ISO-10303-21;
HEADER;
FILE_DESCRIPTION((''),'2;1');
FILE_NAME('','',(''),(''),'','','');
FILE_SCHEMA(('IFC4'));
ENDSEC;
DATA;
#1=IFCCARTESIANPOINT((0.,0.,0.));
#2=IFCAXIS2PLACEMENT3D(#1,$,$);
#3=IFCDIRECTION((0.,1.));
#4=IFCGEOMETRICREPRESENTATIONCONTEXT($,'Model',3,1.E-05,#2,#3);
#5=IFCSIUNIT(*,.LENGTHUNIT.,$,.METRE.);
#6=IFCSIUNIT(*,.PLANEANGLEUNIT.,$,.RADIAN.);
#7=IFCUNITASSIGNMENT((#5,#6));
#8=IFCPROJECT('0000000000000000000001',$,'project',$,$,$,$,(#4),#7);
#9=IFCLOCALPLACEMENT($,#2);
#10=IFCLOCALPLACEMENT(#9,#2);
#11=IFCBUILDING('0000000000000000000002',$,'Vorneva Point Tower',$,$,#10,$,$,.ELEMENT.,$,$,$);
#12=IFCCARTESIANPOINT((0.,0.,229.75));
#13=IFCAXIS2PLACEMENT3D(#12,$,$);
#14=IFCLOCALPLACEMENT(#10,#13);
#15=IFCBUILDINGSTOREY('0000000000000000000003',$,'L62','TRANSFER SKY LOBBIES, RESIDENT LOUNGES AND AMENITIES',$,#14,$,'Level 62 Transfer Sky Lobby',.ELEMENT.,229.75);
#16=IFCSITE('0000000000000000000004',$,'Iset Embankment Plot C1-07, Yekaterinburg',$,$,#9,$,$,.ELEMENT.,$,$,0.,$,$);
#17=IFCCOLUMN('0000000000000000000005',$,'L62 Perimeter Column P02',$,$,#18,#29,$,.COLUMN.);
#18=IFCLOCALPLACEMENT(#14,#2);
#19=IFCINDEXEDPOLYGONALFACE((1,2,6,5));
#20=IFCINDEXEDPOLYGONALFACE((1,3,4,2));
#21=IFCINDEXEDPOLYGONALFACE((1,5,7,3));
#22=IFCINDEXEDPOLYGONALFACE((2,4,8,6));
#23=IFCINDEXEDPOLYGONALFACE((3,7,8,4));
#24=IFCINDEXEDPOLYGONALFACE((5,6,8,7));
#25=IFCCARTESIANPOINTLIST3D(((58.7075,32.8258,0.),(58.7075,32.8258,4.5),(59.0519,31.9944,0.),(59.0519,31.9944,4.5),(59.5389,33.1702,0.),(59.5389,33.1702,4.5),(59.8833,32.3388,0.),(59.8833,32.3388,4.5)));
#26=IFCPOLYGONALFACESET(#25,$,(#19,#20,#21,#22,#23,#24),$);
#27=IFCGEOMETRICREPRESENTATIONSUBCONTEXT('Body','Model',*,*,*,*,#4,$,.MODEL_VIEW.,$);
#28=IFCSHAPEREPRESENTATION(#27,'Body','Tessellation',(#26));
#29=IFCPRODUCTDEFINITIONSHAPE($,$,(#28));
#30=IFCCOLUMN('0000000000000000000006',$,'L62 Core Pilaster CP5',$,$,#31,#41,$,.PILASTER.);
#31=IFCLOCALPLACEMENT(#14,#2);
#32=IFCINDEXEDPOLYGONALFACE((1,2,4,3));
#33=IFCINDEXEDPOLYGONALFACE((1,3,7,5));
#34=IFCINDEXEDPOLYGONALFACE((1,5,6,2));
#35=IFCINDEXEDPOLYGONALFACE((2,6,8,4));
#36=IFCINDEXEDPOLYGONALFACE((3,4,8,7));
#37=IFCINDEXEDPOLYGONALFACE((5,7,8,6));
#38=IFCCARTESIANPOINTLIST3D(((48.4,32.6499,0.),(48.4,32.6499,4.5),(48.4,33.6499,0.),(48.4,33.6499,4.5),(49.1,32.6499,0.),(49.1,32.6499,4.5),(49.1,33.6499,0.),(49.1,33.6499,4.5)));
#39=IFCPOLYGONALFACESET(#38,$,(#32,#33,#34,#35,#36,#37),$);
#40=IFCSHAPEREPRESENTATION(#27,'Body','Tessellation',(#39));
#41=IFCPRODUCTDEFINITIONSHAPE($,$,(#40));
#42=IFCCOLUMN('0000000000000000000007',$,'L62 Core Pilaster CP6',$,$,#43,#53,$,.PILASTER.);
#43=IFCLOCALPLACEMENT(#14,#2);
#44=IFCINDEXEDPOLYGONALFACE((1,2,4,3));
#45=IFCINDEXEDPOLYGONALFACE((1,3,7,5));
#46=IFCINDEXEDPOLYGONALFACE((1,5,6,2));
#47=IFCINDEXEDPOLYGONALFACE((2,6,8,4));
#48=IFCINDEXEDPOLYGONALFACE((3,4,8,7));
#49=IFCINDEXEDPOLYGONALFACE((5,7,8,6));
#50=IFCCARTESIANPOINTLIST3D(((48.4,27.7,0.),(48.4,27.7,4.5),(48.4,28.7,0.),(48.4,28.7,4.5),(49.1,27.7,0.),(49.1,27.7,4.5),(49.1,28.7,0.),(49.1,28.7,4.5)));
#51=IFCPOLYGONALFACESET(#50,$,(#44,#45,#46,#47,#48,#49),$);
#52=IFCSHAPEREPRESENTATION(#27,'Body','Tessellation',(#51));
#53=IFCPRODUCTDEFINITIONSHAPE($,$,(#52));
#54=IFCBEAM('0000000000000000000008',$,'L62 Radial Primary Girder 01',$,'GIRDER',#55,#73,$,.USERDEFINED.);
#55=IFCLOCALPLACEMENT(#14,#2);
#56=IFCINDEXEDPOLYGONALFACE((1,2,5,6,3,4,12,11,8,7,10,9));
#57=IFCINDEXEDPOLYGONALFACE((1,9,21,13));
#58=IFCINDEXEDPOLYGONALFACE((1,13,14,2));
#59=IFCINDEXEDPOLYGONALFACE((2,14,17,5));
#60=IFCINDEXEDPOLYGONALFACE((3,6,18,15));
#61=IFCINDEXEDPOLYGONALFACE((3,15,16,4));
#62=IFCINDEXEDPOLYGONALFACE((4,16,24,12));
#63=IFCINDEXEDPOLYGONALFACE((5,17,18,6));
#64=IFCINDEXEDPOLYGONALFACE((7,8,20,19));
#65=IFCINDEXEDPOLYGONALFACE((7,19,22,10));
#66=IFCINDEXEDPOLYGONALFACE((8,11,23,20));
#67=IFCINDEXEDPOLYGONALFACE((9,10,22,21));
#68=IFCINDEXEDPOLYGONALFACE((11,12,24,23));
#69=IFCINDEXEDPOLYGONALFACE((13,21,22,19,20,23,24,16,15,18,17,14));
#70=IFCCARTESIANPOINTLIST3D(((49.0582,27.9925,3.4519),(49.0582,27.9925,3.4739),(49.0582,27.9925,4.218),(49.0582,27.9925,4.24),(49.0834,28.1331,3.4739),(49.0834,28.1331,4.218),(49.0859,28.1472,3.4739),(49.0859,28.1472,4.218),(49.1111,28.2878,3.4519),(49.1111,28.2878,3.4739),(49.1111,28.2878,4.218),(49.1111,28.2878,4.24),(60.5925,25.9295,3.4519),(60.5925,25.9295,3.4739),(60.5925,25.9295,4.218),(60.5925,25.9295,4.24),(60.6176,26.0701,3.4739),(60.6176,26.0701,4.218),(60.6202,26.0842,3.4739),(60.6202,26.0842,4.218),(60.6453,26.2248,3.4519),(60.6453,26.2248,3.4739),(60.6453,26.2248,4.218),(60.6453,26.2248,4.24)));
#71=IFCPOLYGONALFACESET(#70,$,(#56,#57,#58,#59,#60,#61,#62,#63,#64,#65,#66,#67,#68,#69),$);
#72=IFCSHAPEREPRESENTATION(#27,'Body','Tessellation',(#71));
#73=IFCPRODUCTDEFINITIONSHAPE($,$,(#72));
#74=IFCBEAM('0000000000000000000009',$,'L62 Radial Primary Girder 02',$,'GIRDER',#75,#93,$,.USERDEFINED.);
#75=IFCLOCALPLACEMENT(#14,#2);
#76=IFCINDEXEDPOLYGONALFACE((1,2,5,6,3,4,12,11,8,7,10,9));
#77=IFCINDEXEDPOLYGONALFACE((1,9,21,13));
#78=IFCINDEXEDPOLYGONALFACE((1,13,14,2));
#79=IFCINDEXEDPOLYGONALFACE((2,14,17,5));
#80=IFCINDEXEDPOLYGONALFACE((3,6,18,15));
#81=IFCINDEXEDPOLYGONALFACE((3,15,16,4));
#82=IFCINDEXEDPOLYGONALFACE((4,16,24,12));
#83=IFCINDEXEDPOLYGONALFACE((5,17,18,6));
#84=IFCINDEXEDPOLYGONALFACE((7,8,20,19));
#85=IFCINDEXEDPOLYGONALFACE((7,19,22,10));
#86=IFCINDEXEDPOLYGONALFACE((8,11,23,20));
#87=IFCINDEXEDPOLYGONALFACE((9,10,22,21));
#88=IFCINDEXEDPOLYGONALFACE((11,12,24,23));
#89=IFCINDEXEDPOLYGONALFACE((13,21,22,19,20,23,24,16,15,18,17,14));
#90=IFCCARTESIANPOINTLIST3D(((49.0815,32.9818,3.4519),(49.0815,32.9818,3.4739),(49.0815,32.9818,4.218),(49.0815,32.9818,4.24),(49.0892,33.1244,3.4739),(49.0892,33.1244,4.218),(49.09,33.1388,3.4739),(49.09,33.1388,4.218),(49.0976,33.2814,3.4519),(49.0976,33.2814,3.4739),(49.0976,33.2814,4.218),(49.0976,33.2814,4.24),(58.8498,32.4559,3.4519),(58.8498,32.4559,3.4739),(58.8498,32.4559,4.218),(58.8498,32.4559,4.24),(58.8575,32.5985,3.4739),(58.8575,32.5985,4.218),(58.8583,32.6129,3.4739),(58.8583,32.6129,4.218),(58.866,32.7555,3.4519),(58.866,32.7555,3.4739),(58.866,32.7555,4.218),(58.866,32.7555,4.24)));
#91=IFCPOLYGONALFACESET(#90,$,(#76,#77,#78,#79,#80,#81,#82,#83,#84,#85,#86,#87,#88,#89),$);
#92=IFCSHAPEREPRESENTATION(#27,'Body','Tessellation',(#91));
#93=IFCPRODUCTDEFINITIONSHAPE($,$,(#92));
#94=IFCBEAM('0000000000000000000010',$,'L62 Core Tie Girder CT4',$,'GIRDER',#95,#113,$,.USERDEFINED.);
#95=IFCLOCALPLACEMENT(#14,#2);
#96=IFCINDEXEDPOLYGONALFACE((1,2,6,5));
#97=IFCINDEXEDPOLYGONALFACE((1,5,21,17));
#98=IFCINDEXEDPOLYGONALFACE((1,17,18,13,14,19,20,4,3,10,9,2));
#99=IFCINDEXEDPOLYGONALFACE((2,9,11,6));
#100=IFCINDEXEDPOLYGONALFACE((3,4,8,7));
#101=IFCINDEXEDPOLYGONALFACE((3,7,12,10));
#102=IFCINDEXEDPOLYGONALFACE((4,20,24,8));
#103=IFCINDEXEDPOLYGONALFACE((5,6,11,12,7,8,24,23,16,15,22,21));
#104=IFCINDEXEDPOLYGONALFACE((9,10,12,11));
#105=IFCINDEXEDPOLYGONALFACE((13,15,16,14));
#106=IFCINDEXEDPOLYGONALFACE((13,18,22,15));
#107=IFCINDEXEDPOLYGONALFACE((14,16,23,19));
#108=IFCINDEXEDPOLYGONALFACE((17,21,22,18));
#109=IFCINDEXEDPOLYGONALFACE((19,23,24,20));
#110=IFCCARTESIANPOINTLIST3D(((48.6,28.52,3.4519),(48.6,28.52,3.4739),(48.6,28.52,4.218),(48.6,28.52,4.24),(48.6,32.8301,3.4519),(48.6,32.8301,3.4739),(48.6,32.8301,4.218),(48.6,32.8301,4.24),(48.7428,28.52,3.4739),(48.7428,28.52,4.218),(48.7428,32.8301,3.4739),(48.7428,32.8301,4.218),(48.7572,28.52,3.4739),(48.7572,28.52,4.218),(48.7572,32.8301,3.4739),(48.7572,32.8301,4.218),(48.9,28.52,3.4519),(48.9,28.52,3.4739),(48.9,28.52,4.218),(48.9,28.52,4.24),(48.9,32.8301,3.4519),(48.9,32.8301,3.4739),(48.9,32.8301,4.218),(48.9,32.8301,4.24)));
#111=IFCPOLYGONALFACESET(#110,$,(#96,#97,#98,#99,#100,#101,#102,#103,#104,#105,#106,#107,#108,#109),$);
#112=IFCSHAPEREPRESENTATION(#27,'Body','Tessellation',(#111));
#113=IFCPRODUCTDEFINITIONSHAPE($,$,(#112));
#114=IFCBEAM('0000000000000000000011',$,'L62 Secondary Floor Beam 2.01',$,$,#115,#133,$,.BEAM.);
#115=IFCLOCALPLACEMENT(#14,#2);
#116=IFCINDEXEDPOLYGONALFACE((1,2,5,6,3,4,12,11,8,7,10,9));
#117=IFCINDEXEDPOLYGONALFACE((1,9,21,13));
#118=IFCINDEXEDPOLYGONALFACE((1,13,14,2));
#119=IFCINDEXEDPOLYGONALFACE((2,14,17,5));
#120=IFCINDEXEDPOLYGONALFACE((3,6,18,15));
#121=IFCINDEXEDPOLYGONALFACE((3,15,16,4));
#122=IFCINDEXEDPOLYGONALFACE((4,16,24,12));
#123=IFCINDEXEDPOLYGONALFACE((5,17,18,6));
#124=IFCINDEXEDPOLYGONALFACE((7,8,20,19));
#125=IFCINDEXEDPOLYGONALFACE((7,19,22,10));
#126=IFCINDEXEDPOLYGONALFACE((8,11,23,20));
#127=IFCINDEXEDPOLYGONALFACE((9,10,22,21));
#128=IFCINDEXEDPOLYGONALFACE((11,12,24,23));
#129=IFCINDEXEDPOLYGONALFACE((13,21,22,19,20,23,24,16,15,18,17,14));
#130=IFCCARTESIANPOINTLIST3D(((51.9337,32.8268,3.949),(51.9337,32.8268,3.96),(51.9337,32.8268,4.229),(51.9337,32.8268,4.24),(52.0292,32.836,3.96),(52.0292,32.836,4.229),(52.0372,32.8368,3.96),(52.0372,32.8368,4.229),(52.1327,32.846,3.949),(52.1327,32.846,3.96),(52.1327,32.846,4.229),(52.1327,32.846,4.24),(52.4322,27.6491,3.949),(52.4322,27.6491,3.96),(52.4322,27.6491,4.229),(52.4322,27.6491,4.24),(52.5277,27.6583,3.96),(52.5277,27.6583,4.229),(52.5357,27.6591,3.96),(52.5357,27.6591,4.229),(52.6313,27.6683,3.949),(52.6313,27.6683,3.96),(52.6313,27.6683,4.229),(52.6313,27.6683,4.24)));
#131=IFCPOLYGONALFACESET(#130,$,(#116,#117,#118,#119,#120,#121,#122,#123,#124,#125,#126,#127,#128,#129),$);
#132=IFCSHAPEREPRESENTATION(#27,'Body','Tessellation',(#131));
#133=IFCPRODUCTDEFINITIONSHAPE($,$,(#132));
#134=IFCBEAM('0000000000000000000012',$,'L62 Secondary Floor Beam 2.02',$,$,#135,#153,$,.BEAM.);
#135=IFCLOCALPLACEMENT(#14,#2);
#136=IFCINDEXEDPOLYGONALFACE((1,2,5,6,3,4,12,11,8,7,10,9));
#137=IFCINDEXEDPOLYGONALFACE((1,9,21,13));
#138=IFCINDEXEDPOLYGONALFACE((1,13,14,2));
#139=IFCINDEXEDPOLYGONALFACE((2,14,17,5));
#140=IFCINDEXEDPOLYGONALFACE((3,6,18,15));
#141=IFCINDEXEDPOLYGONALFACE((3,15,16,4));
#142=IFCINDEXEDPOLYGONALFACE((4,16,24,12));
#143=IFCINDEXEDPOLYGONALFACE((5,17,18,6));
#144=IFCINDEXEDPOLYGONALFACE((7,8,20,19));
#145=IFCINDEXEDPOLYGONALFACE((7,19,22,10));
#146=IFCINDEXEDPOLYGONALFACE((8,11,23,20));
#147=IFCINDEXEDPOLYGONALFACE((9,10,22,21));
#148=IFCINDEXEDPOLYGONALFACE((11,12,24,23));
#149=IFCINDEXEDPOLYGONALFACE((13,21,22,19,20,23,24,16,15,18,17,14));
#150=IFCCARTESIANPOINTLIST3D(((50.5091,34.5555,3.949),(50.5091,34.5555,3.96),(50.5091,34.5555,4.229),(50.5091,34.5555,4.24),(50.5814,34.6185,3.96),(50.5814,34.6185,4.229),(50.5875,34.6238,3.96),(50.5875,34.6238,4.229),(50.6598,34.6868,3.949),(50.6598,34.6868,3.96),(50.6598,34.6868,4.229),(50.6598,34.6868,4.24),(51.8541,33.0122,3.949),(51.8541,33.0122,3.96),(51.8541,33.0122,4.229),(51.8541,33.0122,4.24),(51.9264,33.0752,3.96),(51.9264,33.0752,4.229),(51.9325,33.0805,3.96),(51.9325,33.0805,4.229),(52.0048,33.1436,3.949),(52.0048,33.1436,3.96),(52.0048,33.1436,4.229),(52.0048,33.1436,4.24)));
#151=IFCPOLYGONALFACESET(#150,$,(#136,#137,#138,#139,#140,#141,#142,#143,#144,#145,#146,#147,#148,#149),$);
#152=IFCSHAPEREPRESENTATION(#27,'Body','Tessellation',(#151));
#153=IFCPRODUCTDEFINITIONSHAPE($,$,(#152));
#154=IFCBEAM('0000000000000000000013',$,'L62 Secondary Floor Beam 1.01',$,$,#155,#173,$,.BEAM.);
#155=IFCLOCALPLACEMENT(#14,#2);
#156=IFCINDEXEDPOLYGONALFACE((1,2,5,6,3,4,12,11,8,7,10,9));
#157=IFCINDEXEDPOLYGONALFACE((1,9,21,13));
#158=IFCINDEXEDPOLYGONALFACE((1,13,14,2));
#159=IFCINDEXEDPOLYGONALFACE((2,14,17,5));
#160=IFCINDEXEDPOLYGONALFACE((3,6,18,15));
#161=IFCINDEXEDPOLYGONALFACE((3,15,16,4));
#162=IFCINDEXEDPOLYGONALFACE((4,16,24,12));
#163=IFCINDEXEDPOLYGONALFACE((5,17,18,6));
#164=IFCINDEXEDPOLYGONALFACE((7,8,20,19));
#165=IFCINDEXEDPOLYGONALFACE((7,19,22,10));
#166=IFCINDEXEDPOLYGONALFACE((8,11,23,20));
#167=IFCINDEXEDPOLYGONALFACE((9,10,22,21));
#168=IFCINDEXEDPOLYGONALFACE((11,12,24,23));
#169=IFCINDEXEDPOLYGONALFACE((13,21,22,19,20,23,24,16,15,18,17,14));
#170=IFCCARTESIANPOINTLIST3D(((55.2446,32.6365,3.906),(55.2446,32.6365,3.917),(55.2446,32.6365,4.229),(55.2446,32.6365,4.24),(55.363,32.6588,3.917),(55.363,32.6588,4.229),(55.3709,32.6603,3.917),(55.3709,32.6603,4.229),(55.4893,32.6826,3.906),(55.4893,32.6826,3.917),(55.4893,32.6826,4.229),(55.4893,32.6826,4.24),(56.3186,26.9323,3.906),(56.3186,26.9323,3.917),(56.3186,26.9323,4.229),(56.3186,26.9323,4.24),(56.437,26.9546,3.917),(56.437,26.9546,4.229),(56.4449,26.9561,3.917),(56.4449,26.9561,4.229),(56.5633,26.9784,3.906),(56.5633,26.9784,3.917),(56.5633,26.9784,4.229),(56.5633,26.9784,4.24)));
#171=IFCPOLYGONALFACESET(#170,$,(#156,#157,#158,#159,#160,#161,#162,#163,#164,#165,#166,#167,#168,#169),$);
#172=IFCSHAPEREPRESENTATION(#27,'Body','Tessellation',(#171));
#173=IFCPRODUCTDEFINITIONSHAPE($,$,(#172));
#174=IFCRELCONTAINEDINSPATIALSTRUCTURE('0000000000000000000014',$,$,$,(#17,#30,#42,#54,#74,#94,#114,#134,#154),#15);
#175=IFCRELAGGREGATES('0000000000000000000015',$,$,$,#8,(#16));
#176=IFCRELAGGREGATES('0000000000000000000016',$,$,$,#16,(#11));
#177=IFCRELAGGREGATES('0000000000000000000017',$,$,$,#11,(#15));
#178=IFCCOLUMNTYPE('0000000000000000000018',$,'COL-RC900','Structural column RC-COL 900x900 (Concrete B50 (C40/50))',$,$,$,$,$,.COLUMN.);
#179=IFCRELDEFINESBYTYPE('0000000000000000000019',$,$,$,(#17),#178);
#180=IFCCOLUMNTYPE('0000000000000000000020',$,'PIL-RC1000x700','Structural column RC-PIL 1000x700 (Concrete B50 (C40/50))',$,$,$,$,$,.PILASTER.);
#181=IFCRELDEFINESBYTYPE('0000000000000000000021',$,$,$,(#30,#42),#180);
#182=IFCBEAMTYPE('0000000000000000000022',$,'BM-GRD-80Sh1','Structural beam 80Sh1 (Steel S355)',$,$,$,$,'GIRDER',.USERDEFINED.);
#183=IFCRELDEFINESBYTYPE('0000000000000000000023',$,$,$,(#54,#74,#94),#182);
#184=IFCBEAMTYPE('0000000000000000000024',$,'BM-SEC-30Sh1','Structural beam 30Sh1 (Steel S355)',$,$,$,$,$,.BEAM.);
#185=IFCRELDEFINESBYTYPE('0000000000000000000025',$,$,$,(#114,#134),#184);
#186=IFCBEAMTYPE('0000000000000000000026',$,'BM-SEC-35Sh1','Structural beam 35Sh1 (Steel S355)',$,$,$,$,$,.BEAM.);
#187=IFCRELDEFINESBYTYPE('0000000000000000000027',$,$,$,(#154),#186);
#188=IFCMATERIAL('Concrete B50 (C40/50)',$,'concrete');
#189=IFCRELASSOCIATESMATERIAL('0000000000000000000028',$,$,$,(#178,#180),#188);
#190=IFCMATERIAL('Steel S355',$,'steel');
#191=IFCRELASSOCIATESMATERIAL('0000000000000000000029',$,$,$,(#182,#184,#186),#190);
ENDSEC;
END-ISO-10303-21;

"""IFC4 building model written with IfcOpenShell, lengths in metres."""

from ifc_helpers import new_model, si_unit, direction, frame, origin, origin_2d, place, context, subcontext, project, spatial, rectangle, i_section, extrude, material, material_profile, profile_set, type_object, element, save


model = new_model("IFC4")

# Units and contexts
model_context = context("Model", 3, precision=1e-05, world=origin(), true_north=direction((0.0, 1.0)))
body_context = subcontext(model_context, "Body", "Model", "MODEL_VIEW")
ifc_project = project(units=[si_unit("LENGTHUNIT", "METRE"), si_unit("PLANEANGLEUNIT", "RADIAN")], contexts=[model_context])

# Site, building, storey
site_placement = place(None, origin())
site = spatial("IfcSite", under=ifc_project, at=site_placement, Name="Iset Embankment Plot C1-07, Yekaterinburg", CompositionType="ELEMENT", RefElevation=0.0)
building_placement = place(site_placement, origin())
building = spatial("IfcBuilding", under=site, at=building_placement, Name="Vorneva Point Tower", CompositionType="ELEMENT")
storey_placement = place(building_placement, frame((0.0, 0.0, 229.75)))
storey = spatial("IfcBuildingStorey", under=building, at=storey_placement, Name="L62", Description="TRANSFER SKY LOBBIES, RESIDENT LOUNGES AND AMENITIES", LongName="Level 62 Transfer Sky Lobby", CompositionType="ELEMENT", Elevation=229.75)

# Columns
ifc_material_1 = material(Name="Concrete B50 (C40/50)", Category="concrete")
ifc_material_profile_1 = material_profile(ifc_material_1, rectangle(XDim=0.8999, YDim=0.8999, at=origin_2d()), Name="RC-COL 900x900")
ifc_profile_set_1 = profile_set([ifc_material_profile_1], Name="Concrete B50 (C40/50)")
column_type_1 = type_object("IfcColumnType", Name="COL-RC900", Description="Structural column RC-COL 900x900 (Concrete B50 (C40/50))", PredefinedType="COLUMN", material=ifc_profile_set_1)
column_placement = place(storey_placement, frame((59.2954, 32.5823, 0.0), z_axis=(0.0, 0.0, 1.0), x_axis=(0.92388, 0.382683, 0.0)))
element("IfcColumn", 1, at=column_placement, inside=storey, type_object=column_type_1, Name="L62 Perimeter Column P02", PredefinedType="COLUMN", context=body_context, shape_type="SweptSolid", body=[
    extrude(rectangle(XDim=0.8999, YDim=0.8999, at=origin_2d()), origin(), (0.0, 0.0, 1.0), 4.5),
])
ifc_material_profile_2 = material_profile(ifc_material_1, rectangle(XDim=0.7, YDim=1.0, at=origin_2d()), Name="RC-PIL 1000x700")
ifc_profile_set_2 = profile_set([ifc_material_profile_2], Name="Concrete B50 (C40/50)")
column_type_2 = type_object("IfcColumnType", Name="PIL-RC1000x700", Description="Structural column RC-PIL 1000x700 (Concrete B50 (C40/50))", PredefinedType="PILASTER", material=ifc_profile_set_2)
for number, where, z_axis, x_axis, name in (
    (2, (48.75, 33.1499, 0.0), (0.0, 0.0, 1.0), (1.0, 0.0, 0.0), "L62 Core Pilaster CP5"),
    (3, (48.75, 28.2, 0.0), (0.0, 0.0, 1.0), (1.0, 0.0, 0.0), "L62 Core Pilaster CP6"),
):
    element("IfcColumn", number, at=place(storey_placement, frame(where, z_axis=z_axis, x_axis=x_axis)), inside=storey, type_object=column_type_2, Name=name, PredefinedType="PILASTER", context=body_context, shape_type="SweptSolid", body=[
        extrude(rectangle(XDim=0.7, YDim=1.0, at=origin_2d()), origin(), (0.0, 0.0, 1.0), 4.5),
    ])

# Beams
ifc_material_2 = material(Name="Steel S355", Category="steel")
ifc_material_profile_3 = material_profile(ifc_material_2, i_section(OverallWidth=0.3, OverallDepth=0.7881, WebThickness=0.0144, FlangeThickness=0.022, at=origin_2d()), Name="80Sh1")
ifc_profile_set_3 = profile_set([ifc_material_profile_3], Name="Steel S355")
beam_type_1 = type_object("IfcBeamType", Name="BM-GRD-80Sh1", Description="Structural beam 80Sh1 (Steel S355)", ElementType="GIRDER", PredefinedType="USERDEFINED", material=ifc_profile_set_3)
beam_1_placement = place(storey_placement, frame((60.6189, 26.0771, 3.8459), z_axis=(-0.984379, 0.176065, 0.0), x_axis=(-0.176065, -0.984379, 0.0)))
element("IfcBeam", 4, at=beam_1_placement, inside=storey, type_object=beam_type_1, Name="L62 Radial Primary Girder 01", ObjectType="GIRDER", PredefinedType="USERDEFINED", context=body_context, shape_type="SweptSolid", body=[
    extrude(i_section(OverallWidth=0.3, OverallDepth=0.7881, WebThickness=0.0144, FlangeThickness=0.022, at=origin_2d()), origin(), (0.0, 0.0, 1.0), 11.7173),
])
beam_2_placement = place(storey_placement, frame((58.8579, 32.6057, 3.8459), z_axis=(-0.998554, 0.053757, 0.0), x_axis=(-0.053757, -0.998554, 0.0)))
element("IfcBeam", 5, at=beam_2_placement, inside=storey, type_object=beam_type_1, Name="L62 Radial Primary Girder 02", ObjectType="GIRDER", PredefinedType="USERDEFINED", context=body_context, shape_type="SweptSolid", body=[
    extrude(i_section(OverallWidth=0.3, OverallDepth=0.7881, WebThickness=0.0144, FlangeThickness=0.022, at=origin_2d()), origin(), (0.0, 0.0, 1.0), 9.7825),
])
beam_3_placement = place(storey_placement, frame((48.75, 28.52, 3.8459), z_axis=(0.0, 1.0, 0.0), x_axis=(-1.0, 0.0, 0.0)))
element("IfcBeam", 6, at=beam_3_placement, inside=storey, type_object=beam_type_1, Name="L62 Core Tie Girder CT4", ObjectType="GIRDER", PredefinedType="USERDEFINED", context=body_context, shape_type="SweptSolid", body=[
    extrude(i_section(OverallWidth=0.3, OverallDepth=0.7881, WebThickness=0.0144, FlangeThickness=0.022, at=origin_2d()), origin(), (0.0, 0.0, 1.0), 4.3101),
])
ifc_material_profile_4 = material_profile(ifc_material_2, i_section(OverallWidth=0.2, OverallDepth=0.291, WebThickness=0.0081, FlangeThickness=0.011, at=origin_2d()), Name="30Sh1")
ifc_profile_set_4 = profile_set([ifc_material_profile_4], Name="Steel S355")
beam_type_2 = type_object("IfcBeamType", Name="BM-SEC-30Sh1", Description="Structural beam 30Sh1 (Steel S355)", PredefinedType="BEAM", material=ifc_profile_set_4)
beam_4_placement = place(storey_placement, frame((52.5317, 27.6587, 4.0945), z_axis=(-0.095841, 0.995397, 0.0), x_axis=(-0.995397, -0.095841, 0.0)))
element("IfcBeam", 7, at=beam_4_placement, inside=storey, type_object=beam_type_2, Name="L62 Secondary Floor Beam 2.01", PredefinedType="BEAM", context=body_context, shape_type="SweptSolid", body=[
    extrude(i_section(OverallWidth=0.2, OverallDepth=0.291, WebThickness=0.0081, FlangeThickness=0.011, at=origin_2d()), origin(), (0.0, 0.0, 1.0), 5.2017),
])
beam_5_placement = place(storey_placement, frame((51.9294, 33.0779, 4.0945), z_axis=(-0.657026, 0.753868, 0.0), x_axis=(-0.753868, -0.657026, 0.0)))
element("IfcBeam", 8, at=beam_5_placement, inside=storey, type_object=beam_type_2, Name="L62 Secondary Floor Beam 2.02", PredefinedType="BEAM", context=body_context, shape_type="SweptSolid", body=[
    extrude(i_section(OverallWidth=0.2, OverallDepth=0.291, WebThickness=0.0081, FlangeThickness=0.011, at=origin_2d()), origin(), (0.0, 0.0, 1.0), 2.0471),
])
ifc_material_profile_5 = material_profile(ifc_material_2, i_section(OverallWidth=0.249, OverallDepth=0.334, WebThickness=0.0081, FlangeThickness=0.011, at=origin_2d()), Name="35Sh1")
ifc_profile_set_5 = profile_set([ifc_material_profile_5], Name="Steel S355")
beam_type_3 = type_object("IfcBeamType", Name="BM-SEC-35Sh1", Description="Structural beam 35Sh1 (Steel S355)", PredefinedType="BEAM", material=ifc_profile_set_5)
beam_6_placement = place(storey_placement, frame((56.4409, 26.9553, 4.073), z_axis=(-0.18503, 0.982733, 0.0), x_axis=(-0.982733, -0.18503, 0.0)))
element("IfcBeam", 9, at=beam_6_placement, inside=storey, type_object=beam_type_3, Name="L62 Secondary Floor Beam 1.01", PredefinedType="BEAM", context=body_context, shape_type="SweptSolid", body=[
    extrude(i_section(OverallWidth=0.249, OverallDepth=0.334, WebThickness=0.0081, FlangeThickness=0.011, at=origin_2d()), origin(), (0.0, 0.0, 1.0), 5.8044),
])

save(model, "model.ifc")
